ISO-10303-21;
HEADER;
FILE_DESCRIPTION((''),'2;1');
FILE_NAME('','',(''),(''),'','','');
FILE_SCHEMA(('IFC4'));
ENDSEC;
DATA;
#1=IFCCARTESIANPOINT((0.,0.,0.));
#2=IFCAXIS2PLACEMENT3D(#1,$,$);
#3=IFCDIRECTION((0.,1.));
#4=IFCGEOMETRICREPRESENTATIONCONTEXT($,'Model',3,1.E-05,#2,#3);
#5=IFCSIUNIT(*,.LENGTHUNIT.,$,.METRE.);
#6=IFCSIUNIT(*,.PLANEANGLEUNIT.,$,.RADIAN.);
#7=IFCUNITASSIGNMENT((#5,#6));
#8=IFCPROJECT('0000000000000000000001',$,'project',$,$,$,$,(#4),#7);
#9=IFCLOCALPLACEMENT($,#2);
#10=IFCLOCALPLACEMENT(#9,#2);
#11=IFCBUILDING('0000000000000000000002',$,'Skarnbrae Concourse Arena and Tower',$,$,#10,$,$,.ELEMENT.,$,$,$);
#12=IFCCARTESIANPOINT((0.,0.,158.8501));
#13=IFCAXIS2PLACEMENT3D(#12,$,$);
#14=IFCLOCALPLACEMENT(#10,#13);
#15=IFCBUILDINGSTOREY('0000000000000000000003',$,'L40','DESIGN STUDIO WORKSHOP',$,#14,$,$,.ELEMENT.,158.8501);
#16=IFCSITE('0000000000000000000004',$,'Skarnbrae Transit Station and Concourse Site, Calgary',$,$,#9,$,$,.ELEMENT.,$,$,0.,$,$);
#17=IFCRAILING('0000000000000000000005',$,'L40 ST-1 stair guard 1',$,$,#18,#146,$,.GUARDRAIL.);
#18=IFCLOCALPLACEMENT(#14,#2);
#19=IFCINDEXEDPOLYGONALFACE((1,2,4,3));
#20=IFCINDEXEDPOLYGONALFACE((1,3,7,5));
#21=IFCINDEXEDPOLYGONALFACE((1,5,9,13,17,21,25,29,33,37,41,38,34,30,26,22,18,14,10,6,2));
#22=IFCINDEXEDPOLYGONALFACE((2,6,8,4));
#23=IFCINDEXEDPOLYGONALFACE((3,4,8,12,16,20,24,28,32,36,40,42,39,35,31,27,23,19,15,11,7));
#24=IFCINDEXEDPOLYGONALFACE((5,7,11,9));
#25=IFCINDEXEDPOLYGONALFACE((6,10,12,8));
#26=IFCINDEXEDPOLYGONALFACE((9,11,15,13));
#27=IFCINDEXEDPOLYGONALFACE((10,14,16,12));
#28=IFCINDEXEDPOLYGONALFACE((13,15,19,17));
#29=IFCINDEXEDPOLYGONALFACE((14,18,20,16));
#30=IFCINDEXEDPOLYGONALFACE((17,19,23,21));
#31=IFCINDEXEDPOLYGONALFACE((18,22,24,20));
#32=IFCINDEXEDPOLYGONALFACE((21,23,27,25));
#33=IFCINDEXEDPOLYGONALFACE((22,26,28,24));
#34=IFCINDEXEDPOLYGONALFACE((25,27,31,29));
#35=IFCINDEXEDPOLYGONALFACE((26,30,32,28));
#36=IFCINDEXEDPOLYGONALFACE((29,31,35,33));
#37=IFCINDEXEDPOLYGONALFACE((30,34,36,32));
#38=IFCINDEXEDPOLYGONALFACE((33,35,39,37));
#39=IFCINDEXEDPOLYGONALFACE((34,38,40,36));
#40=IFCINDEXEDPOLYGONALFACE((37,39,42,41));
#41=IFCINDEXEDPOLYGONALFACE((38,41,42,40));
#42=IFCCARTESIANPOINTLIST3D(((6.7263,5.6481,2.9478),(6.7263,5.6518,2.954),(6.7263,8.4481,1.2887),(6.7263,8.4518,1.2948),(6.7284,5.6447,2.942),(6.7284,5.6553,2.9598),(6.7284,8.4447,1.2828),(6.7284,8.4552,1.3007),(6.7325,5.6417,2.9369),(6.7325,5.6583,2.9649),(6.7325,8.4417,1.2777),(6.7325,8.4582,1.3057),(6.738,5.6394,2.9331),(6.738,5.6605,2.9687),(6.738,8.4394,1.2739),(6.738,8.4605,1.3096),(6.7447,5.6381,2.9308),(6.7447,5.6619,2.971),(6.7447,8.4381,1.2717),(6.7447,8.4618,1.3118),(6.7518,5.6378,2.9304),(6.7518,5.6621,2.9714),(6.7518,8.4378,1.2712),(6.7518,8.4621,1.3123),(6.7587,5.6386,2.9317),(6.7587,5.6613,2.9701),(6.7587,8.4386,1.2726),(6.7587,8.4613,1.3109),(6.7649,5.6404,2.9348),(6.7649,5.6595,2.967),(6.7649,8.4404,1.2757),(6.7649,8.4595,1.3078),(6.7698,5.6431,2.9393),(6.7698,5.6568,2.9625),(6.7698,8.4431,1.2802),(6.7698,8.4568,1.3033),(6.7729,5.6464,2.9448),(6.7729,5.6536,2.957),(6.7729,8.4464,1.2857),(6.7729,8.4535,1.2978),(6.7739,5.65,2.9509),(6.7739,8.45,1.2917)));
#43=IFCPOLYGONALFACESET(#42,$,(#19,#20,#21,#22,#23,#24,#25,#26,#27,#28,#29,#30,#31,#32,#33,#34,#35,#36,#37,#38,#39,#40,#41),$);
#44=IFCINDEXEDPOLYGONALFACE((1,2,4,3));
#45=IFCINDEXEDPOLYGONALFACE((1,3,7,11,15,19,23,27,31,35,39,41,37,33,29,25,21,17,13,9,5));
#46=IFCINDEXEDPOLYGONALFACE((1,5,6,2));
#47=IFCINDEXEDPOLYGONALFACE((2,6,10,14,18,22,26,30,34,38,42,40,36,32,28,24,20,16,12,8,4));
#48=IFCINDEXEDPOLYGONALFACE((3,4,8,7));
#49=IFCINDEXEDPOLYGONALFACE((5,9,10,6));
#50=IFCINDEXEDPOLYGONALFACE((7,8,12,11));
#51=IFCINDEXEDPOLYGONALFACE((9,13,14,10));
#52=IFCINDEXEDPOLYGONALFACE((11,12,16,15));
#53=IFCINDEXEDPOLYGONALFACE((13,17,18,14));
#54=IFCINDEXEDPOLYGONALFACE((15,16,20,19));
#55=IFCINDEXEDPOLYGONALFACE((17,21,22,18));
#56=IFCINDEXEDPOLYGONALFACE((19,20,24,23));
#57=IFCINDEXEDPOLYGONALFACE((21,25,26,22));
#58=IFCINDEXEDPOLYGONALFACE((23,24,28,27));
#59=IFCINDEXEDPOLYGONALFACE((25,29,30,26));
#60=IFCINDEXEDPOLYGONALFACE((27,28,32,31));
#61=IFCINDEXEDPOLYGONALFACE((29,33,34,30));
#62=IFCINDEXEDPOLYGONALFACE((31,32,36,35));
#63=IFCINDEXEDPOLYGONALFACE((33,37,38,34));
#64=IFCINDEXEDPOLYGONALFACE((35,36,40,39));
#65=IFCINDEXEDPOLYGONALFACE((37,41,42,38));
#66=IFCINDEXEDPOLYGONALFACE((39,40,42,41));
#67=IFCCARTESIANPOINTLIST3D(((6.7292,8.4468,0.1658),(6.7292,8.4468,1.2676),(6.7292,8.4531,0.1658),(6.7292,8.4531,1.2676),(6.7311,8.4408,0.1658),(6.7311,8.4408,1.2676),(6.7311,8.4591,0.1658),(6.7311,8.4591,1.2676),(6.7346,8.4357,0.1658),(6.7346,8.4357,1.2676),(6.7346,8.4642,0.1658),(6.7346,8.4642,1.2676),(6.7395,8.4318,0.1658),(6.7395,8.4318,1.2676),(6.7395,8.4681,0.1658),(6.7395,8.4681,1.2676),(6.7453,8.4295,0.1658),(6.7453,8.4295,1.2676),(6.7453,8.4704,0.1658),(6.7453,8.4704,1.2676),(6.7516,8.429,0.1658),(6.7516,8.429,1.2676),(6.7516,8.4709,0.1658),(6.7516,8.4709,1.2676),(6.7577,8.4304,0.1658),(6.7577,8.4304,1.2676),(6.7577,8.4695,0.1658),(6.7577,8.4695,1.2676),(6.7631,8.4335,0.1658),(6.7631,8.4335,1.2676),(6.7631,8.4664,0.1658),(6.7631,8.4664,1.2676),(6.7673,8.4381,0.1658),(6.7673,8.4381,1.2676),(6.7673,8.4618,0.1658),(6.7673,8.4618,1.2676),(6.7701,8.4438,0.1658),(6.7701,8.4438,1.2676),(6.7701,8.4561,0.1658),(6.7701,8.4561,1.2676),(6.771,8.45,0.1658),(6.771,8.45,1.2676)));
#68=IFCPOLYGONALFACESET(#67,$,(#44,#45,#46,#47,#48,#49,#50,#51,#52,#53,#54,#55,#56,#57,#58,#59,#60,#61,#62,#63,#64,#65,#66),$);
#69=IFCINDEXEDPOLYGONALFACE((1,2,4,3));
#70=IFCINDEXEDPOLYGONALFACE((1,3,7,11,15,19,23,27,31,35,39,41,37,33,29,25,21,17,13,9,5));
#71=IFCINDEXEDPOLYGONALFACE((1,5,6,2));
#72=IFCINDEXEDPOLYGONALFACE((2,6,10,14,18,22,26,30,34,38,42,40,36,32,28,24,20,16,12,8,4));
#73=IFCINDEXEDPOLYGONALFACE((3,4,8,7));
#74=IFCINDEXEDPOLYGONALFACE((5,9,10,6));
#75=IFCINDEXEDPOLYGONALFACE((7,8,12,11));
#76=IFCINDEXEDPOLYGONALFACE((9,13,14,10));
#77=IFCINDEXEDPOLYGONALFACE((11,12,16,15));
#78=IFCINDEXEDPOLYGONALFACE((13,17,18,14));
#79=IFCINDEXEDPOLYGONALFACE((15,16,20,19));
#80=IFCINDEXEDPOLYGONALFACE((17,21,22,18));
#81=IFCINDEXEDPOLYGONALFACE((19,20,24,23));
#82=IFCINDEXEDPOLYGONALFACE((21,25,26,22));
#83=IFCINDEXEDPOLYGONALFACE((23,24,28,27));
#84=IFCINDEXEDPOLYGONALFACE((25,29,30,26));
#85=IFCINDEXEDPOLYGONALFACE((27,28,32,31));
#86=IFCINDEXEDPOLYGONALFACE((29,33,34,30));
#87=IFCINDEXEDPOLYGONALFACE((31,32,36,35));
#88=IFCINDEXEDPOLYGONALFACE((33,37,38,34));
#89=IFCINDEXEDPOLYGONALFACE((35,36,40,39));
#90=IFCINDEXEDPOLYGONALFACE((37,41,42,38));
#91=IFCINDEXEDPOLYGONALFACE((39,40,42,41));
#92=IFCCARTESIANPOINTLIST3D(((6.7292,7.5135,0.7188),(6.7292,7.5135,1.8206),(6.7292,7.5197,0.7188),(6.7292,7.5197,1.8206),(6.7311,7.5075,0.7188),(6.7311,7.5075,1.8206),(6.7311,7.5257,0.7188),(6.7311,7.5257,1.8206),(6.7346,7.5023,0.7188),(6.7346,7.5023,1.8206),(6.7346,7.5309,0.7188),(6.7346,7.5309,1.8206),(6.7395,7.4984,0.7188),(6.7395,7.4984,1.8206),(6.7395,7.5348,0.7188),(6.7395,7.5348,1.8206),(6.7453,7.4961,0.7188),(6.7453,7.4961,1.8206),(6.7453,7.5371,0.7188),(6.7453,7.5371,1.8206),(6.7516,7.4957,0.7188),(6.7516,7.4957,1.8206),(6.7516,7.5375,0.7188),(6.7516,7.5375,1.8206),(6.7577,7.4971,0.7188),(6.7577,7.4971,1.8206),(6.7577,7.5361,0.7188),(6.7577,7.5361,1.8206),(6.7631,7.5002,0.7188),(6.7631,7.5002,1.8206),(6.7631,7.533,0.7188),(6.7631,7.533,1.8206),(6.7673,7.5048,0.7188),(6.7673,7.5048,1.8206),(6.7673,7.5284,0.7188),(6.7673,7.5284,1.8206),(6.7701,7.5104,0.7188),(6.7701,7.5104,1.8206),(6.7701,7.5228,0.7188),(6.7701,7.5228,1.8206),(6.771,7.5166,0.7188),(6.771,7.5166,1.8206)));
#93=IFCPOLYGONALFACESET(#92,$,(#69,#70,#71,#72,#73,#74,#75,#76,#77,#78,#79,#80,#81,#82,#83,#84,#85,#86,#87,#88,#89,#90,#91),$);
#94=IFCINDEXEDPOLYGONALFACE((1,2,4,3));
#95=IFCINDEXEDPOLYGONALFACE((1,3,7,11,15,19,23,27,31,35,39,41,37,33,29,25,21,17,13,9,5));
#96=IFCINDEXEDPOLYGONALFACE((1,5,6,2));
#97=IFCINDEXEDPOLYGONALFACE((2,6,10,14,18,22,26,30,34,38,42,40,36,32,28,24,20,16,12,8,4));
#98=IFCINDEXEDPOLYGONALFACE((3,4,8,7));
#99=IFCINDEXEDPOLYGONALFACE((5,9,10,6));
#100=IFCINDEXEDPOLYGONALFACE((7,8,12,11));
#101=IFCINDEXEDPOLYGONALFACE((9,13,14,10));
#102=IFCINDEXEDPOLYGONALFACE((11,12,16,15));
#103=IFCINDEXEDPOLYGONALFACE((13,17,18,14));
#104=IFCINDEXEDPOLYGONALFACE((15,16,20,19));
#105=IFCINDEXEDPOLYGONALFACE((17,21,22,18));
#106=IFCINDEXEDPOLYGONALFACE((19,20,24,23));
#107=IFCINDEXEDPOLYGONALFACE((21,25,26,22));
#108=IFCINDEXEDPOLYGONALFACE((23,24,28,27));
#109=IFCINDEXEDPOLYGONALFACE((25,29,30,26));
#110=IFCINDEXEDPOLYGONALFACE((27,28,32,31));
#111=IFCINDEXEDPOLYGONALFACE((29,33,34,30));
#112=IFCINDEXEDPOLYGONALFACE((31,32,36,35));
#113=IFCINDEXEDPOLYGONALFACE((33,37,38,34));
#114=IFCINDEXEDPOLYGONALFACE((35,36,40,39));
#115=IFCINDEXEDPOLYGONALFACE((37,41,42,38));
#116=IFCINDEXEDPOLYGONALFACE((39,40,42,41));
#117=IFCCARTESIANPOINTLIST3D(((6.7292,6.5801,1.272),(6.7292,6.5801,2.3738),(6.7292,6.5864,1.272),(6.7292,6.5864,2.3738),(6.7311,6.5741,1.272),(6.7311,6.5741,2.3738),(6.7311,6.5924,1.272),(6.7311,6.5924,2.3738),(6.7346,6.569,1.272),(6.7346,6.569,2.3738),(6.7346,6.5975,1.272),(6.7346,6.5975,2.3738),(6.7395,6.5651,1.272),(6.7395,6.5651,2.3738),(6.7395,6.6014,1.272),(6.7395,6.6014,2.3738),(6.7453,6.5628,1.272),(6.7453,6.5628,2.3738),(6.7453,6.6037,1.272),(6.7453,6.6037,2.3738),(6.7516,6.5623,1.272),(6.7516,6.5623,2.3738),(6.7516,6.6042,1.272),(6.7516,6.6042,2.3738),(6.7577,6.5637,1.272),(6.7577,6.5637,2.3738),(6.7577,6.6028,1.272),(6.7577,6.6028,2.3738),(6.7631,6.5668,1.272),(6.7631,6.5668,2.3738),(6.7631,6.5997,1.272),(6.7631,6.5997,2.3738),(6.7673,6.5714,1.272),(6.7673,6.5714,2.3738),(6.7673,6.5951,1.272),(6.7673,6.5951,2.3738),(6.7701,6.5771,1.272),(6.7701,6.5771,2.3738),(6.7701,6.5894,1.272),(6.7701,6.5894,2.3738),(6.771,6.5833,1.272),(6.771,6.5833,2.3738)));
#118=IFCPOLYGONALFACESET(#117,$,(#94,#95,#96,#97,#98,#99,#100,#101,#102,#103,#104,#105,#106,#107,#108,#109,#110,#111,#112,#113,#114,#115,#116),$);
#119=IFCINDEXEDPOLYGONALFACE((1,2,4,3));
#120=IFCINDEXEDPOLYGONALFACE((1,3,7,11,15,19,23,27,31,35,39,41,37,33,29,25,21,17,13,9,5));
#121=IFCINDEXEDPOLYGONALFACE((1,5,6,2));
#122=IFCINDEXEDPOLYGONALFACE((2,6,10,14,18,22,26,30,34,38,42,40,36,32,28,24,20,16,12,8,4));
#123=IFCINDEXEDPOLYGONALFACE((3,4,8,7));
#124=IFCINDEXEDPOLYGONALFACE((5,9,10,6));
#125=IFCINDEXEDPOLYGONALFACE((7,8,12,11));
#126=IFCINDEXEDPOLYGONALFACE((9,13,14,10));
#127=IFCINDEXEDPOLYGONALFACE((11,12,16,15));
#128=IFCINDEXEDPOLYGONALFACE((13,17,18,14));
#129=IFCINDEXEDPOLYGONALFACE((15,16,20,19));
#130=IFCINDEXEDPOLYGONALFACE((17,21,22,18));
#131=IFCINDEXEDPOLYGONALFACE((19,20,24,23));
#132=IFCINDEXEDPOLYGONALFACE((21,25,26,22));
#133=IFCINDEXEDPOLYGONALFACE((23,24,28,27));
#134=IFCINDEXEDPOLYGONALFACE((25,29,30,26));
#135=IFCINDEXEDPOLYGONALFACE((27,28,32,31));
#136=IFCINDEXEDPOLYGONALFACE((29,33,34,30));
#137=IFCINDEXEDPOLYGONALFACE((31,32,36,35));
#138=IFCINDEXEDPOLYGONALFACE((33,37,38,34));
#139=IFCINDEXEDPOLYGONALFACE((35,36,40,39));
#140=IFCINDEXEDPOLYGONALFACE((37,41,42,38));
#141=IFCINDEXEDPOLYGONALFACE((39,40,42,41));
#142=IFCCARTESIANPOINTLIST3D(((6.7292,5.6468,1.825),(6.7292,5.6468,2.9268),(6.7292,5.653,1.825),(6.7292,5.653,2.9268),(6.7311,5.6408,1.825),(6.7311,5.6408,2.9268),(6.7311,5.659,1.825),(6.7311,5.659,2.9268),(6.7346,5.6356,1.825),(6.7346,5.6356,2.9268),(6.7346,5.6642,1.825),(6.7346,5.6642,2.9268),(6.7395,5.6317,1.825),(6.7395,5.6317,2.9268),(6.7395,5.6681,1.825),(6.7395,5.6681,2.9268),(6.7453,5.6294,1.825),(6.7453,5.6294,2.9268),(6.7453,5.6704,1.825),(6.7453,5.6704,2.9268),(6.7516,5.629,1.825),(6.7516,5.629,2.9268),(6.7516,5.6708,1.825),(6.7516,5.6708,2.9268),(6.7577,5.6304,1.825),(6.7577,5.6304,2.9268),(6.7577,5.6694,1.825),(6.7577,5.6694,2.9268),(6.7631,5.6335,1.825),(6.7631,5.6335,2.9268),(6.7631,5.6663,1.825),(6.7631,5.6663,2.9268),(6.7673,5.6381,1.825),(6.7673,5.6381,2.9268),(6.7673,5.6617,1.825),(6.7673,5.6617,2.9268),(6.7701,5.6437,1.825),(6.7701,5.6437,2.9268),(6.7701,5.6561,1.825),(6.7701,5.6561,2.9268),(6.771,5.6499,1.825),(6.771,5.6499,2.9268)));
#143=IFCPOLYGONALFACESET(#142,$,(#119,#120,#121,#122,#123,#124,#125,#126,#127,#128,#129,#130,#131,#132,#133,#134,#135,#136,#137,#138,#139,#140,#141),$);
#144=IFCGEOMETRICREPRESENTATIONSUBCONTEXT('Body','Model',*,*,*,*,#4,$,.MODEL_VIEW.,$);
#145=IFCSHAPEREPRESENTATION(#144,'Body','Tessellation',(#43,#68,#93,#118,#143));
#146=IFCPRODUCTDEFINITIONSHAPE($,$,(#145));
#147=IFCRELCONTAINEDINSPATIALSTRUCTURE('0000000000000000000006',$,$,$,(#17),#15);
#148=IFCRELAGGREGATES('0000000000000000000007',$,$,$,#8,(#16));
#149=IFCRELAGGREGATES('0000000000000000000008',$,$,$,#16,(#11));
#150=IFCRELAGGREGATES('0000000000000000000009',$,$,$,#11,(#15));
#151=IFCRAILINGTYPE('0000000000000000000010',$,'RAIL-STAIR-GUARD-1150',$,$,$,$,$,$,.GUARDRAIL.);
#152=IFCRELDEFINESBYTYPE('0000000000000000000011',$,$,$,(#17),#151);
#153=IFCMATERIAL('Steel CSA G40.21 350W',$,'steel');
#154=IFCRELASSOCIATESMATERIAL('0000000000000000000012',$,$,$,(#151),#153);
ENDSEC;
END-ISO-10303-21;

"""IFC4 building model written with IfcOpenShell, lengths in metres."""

from ifc_helpers import new_model, si_unit, direction, frame, origin, origin_2d, place, context, subcontext, project, spatial, circle, extrude, material, type_object, element, save


model = new_model("IFC4")

# Units and contexts
model_context = context("Model", 3, precision=1e-05, world=origin(), true_north=direction((0.0, 1.0)))
body_context = subcontext(model_context, "Body", "Model", "MODEL_VIEW")
ifc_project = project(units=[si_unit("LENGTHUNIT", "METRE"), si_unit("PLANEANGLEUNIT", "RADIAN")], contexts=[model_context])

# Site, building, storey
site_placement = place(None, origin())
site = spatial("IfcSite", under=ifc_project, at=site_placement, Name="Skarnbrae Transit Station and Concourse Site, Calgary", CompositionType="ELEMENT", RefElevation=0.0)
building_placement = place(site_placement, origin())
building = spatial("IfcBuilding", under=site, at=building_placement, Name="Skarnbrae Concourse Arena and Tower", CompositionType="ELEMENT")
storey_placement = place(building_placement, frame((0.0, 0.0, 158.8501)))
storey = spatial("IfcBuildingStorey", under=building, at=storey_placement, Name="L40", Description="DESIGN STUDIO WORKSHOP", CompositionType="ELEMENT", Elevation=158.8501)

# Railing
ifc_material_1 = material(Name="Steel CSA G40.21 350W", Category="steel")
railing_type_1 = type_object("IfcRailingType", Name="RAIL-STAIR-GUARD-1150", PredefinedType="GUARDRAIL", material=ifc_material_1)
railing_1_placement = place(storey_placement, frame((6.75, 8.45, 0.1658)))
element("IfcRailing", 1, at=railing_1_placement, inside=storey, type_object=railing_type_1, Name="L40 ST-1 stair guard 1", PredefinedType="GUARDRAIL", context=body_context, shape_type="SweptSolid", body=[
    extrude(circle(Radius=0.0239, at=origin_2d()), frame((0.0, 0.0, 1.126), z_axis=(0.0, -0.860306, 0.509778), x_axis=(1.0, 0.0, 0.0)), (0.0, 0.0, 1.0), 3.2546),
    extrude(circle(Radius=0.021, at=origin_2d()), origin(), (0.0, 0.0, 1.0), 1.1018),
    extrude(circle(Radius=0.021, at=origin_2d()), frame((0.0, -0.9333, 0.553)), (0.0, 0.0, 1.0), 1.1018),
    extrude(circle(Radius=0.021, at=origin_2d()), frame((0.0, -1.8667, 1.1062)), (0.0, 0.0, 1.0), 1.1018),
    extrude(circle(Radius=0.021, at=origin_2d()), frame((0.0, -2.8, 1.6592)), (0.0, 0.0, 1.0), 1.1018),
])

save(model, "model.ifc")
